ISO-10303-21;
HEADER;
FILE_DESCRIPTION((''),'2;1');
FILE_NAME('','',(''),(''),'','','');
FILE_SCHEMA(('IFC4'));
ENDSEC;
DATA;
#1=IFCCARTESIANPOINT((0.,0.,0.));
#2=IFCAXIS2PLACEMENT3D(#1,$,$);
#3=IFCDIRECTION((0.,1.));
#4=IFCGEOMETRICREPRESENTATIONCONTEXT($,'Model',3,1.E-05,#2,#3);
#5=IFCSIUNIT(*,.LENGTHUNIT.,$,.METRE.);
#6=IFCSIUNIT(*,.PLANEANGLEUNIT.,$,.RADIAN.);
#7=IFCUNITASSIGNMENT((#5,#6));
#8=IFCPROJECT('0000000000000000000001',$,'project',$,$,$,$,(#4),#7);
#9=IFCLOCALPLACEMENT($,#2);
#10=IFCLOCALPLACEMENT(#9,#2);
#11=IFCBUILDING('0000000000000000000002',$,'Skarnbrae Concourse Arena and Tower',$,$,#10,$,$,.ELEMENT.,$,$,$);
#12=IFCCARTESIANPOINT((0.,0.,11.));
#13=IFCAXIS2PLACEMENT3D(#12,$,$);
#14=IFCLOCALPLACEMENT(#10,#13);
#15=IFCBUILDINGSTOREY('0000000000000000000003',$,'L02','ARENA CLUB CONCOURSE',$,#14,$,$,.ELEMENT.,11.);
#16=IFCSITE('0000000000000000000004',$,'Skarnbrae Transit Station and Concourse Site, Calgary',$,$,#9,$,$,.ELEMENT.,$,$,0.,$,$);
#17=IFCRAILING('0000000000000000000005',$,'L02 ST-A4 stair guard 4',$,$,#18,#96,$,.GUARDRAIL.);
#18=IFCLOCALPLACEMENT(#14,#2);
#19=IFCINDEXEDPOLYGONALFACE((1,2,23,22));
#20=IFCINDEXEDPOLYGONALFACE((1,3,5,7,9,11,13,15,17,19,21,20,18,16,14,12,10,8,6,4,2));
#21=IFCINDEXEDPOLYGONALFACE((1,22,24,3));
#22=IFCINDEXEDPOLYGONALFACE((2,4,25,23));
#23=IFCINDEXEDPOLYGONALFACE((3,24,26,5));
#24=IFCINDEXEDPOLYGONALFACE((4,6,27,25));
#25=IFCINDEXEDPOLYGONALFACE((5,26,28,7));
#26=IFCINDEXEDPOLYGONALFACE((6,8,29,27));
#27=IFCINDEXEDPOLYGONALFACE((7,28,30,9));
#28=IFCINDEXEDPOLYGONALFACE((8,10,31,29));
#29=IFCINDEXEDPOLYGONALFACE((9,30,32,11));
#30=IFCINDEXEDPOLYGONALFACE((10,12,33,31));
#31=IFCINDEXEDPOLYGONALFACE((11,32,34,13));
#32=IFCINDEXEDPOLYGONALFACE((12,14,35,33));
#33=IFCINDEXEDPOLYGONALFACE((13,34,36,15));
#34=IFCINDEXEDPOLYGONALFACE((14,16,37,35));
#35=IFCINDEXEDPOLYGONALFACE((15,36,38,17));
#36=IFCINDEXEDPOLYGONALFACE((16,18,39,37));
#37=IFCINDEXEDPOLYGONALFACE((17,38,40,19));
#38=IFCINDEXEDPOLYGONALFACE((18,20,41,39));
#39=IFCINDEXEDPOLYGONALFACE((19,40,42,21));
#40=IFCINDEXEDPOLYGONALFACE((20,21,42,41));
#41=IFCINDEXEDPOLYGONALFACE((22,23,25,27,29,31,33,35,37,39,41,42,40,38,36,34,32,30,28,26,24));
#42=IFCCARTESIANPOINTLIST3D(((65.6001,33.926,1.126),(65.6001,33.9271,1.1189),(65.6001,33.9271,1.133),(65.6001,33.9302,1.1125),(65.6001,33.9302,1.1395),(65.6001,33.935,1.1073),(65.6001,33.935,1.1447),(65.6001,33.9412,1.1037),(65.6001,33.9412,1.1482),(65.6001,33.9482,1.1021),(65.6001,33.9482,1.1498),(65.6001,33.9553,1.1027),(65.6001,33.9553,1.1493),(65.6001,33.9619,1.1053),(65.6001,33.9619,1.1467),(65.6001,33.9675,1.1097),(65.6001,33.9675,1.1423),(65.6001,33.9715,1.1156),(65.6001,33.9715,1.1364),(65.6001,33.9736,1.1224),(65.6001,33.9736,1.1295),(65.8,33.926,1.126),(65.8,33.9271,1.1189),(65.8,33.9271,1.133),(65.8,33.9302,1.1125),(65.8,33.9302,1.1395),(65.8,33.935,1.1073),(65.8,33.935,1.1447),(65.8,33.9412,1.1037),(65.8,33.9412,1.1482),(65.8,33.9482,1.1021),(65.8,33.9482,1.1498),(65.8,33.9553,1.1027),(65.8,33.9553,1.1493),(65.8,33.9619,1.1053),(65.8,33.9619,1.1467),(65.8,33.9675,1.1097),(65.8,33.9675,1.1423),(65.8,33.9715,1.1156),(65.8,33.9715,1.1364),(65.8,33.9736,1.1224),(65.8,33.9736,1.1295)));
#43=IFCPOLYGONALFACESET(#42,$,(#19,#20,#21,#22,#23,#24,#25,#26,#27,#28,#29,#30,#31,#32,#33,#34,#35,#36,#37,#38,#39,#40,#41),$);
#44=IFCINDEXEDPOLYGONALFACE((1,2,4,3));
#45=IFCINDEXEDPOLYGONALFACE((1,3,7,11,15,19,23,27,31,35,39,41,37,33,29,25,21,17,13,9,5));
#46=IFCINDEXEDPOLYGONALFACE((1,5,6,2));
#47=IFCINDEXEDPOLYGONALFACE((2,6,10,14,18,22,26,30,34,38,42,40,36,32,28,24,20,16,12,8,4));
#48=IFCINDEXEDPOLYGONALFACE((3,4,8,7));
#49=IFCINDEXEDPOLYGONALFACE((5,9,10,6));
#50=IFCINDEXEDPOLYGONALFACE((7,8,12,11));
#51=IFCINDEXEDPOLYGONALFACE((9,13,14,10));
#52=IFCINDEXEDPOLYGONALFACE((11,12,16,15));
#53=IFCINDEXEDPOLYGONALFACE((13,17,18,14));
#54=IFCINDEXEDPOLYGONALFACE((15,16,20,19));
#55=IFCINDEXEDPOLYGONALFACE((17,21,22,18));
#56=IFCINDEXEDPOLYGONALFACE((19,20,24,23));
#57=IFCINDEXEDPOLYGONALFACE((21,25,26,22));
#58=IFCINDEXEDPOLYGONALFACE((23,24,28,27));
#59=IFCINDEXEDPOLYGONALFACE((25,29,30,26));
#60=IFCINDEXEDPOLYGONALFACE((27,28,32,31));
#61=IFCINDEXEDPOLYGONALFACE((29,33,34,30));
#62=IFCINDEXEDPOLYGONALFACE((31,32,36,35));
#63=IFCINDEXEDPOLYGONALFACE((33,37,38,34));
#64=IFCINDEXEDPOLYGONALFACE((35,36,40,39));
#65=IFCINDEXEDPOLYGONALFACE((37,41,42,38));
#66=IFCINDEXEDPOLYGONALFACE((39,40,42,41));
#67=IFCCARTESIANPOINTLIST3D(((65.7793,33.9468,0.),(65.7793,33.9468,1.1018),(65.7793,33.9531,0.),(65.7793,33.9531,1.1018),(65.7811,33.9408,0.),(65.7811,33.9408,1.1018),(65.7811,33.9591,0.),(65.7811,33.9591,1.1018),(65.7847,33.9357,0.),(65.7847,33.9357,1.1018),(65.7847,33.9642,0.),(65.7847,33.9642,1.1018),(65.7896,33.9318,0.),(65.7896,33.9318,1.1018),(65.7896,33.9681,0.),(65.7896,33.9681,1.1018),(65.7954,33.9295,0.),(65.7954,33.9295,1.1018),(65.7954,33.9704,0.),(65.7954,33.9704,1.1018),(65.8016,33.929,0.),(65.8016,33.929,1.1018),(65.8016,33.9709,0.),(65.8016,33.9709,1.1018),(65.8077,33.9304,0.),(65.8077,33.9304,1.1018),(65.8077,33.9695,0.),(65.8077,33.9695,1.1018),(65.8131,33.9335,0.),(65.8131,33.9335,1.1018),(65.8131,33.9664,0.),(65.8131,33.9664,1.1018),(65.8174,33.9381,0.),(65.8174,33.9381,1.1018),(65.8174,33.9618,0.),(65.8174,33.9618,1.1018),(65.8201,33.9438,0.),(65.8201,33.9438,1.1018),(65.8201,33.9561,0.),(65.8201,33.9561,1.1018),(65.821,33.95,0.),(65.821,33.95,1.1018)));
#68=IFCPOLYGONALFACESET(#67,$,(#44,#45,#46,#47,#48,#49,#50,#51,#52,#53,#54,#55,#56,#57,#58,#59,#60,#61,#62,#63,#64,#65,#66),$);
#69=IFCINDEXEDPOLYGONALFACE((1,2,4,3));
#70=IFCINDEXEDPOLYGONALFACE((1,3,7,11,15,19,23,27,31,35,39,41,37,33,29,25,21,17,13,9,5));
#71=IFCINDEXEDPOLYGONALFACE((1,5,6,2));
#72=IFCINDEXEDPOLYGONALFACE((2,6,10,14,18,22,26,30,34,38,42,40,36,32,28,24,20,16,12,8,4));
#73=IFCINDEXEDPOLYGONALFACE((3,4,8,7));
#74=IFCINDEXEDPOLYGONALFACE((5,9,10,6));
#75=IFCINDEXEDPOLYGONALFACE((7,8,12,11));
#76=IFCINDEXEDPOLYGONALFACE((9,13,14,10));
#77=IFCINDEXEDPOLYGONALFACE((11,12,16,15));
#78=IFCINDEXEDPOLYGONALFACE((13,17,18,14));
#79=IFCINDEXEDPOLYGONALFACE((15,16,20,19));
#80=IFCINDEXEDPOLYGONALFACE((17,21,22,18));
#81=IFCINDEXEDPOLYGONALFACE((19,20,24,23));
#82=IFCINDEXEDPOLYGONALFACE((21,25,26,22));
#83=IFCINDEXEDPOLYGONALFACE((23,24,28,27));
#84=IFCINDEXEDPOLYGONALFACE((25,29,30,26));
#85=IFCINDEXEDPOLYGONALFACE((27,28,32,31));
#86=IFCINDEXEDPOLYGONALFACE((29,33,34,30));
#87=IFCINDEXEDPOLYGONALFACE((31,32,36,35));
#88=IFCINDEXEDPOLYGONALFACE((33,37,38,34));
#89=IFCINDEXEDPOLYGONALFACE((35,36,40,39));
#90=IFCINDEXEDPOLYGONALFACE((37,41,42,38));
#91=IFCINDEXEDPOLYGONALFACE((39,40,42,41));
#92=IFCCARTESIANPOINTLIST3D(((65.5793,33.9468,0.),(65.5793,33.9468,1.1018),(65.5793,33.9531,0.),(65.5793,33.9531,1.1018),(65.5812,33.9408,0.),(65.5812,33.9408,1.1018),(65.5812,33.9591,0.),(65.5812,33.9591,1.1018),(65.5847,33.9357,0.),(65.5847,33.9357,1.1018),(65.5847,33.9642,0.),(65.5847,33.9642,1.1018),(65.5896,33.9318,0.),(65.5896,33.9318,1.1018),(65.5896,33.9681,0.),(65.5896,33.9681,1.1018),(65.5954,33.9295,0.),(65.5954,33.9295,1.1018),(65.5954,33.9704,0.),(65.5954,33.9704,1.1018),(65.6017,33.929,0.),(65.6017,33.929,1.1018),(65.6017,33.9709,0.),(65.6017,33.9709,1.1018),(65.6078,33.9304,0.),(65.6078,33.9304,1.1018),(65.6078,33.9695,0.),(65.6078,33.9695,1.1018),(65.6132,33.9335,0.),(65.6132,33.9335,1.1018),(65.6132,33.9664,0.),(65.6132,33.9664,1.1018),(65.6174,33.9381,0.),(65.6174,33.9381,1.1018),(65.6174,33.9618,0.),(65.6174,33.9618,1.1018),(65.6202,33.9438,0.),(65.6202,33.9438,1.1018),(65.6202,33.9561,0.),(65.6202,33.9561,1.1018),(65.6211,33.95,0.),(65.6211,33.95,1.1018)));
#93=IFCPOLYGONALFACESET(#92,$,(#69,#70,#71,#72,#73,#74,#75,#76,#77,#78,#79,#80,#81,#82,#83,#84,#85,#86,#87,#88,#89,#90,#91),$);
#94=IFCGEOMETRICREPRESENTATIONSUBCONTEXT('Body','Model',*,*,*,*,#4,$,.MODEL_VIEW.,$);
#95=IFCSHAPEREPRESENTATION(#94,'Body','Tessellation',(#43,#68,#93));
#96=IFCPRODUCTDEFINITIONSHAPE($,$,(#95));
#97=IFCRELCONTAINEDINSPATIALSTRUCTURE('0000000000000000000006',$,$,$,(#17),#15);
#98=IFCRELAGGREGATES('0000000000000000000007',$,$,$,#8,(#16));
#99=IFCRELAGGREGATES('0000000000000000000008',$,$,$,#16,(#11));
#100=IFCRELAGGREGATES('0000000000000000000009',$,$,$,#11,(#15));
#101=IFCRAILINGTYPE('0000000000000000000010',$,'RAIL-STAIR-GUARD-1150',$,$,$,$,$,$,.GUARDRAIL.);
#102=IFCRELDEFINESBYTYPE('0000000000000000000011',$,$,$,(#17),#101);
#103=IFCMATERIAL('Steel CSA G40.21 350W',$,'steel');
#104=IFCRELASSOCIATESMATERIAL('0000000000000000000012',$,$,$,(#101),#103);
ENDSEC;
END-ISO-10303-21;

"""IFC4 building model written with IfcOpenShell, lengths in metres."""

from ifc_helpers import new_model, si_unit, direction, frame, origin, origin_2d, place, context, subcontext, project, spatial, circle, extrude, material, type_object, element, save


model = new_model("IFC4")

# Units and contexts
model_context = context("Model", 3, precision=1e-05, world=origin(), true_north=direction((0.0, 1.0)))
body_context = subcontext(model_context, "Body", "Model", "MODEL_VIEW")
ifc_project = project(units=[si_unit("LENGTHUNIT", "METRE"), si_unit("PLANEANGLEUNIT", "RADIAN")], contexts=[model_context])

# Site, building, storey
site_placement = place(None, origin())
site = spatial("IfcSite", under=ifc_project, at=site_placement, Name="Skarnbrae Transit Station and Concourse Site, Calgary", CompositionType="ELEMENT", RefElevation=0.0)
building_placement = place(site_placement, origin())
building = spatial("IfcBuilding", under=site, at=building_placement, Name="Skarnbrae Concourse Arena and Tower", CompositionType="ELEMENT")
storey_placement = place(building_placement, frame((0.0, 0.0, 11.0)))
storey = spatial("IfcBuildingStorey", under=building, at=storey_placement, Name="L02", Description="ARENA CLUB CONCOURSE", CompositionType="ELEMENT", Elevation=11.0)

# Shared definitions
ifc_material_1 = material(Name="Steel CSA G40.21 350W", Category="steel")

# Railing
railing_type_1 = type_object("IfcRailingType", Name="RAIL-STAIR-GUARD-1150", PredefinedType="GUARDRAIL", material=ifc_material_1)
railing_1_placement = place(storey_placement, frame((65.8, 33.95, 0.0)))
element("IfcRailing", 1, at=railing_1_placement, inside=storey, type_object=railing_type_1, Name="L02 ST-A4 stair guard 4", PredefinedType="GUARDRAIL", context=body_context, shape_type="SweptSolid", body=[
    extrude(circle(Radius=0.0239, at=origin_2d()), frame((0.0, 0.0, 1.126), z_axis=(-1.0, 0.0, 0.0), x_axis=(0.0, -1.0, 0.0)), (0.0, 0.0, 1.0), 0.2),
    extrude(circle(Radius=0.021, at=origin_2d()), origin(), (0.0, 0.0, 1.0), 1.1018),
    extrude(circle(Radius=0.021, at=origin_2d()), frame((-0.2, 0.0, 0.0)), (0.0, 0.0, 1.0), 1.1018),
])

save(model, "model.ifc")
